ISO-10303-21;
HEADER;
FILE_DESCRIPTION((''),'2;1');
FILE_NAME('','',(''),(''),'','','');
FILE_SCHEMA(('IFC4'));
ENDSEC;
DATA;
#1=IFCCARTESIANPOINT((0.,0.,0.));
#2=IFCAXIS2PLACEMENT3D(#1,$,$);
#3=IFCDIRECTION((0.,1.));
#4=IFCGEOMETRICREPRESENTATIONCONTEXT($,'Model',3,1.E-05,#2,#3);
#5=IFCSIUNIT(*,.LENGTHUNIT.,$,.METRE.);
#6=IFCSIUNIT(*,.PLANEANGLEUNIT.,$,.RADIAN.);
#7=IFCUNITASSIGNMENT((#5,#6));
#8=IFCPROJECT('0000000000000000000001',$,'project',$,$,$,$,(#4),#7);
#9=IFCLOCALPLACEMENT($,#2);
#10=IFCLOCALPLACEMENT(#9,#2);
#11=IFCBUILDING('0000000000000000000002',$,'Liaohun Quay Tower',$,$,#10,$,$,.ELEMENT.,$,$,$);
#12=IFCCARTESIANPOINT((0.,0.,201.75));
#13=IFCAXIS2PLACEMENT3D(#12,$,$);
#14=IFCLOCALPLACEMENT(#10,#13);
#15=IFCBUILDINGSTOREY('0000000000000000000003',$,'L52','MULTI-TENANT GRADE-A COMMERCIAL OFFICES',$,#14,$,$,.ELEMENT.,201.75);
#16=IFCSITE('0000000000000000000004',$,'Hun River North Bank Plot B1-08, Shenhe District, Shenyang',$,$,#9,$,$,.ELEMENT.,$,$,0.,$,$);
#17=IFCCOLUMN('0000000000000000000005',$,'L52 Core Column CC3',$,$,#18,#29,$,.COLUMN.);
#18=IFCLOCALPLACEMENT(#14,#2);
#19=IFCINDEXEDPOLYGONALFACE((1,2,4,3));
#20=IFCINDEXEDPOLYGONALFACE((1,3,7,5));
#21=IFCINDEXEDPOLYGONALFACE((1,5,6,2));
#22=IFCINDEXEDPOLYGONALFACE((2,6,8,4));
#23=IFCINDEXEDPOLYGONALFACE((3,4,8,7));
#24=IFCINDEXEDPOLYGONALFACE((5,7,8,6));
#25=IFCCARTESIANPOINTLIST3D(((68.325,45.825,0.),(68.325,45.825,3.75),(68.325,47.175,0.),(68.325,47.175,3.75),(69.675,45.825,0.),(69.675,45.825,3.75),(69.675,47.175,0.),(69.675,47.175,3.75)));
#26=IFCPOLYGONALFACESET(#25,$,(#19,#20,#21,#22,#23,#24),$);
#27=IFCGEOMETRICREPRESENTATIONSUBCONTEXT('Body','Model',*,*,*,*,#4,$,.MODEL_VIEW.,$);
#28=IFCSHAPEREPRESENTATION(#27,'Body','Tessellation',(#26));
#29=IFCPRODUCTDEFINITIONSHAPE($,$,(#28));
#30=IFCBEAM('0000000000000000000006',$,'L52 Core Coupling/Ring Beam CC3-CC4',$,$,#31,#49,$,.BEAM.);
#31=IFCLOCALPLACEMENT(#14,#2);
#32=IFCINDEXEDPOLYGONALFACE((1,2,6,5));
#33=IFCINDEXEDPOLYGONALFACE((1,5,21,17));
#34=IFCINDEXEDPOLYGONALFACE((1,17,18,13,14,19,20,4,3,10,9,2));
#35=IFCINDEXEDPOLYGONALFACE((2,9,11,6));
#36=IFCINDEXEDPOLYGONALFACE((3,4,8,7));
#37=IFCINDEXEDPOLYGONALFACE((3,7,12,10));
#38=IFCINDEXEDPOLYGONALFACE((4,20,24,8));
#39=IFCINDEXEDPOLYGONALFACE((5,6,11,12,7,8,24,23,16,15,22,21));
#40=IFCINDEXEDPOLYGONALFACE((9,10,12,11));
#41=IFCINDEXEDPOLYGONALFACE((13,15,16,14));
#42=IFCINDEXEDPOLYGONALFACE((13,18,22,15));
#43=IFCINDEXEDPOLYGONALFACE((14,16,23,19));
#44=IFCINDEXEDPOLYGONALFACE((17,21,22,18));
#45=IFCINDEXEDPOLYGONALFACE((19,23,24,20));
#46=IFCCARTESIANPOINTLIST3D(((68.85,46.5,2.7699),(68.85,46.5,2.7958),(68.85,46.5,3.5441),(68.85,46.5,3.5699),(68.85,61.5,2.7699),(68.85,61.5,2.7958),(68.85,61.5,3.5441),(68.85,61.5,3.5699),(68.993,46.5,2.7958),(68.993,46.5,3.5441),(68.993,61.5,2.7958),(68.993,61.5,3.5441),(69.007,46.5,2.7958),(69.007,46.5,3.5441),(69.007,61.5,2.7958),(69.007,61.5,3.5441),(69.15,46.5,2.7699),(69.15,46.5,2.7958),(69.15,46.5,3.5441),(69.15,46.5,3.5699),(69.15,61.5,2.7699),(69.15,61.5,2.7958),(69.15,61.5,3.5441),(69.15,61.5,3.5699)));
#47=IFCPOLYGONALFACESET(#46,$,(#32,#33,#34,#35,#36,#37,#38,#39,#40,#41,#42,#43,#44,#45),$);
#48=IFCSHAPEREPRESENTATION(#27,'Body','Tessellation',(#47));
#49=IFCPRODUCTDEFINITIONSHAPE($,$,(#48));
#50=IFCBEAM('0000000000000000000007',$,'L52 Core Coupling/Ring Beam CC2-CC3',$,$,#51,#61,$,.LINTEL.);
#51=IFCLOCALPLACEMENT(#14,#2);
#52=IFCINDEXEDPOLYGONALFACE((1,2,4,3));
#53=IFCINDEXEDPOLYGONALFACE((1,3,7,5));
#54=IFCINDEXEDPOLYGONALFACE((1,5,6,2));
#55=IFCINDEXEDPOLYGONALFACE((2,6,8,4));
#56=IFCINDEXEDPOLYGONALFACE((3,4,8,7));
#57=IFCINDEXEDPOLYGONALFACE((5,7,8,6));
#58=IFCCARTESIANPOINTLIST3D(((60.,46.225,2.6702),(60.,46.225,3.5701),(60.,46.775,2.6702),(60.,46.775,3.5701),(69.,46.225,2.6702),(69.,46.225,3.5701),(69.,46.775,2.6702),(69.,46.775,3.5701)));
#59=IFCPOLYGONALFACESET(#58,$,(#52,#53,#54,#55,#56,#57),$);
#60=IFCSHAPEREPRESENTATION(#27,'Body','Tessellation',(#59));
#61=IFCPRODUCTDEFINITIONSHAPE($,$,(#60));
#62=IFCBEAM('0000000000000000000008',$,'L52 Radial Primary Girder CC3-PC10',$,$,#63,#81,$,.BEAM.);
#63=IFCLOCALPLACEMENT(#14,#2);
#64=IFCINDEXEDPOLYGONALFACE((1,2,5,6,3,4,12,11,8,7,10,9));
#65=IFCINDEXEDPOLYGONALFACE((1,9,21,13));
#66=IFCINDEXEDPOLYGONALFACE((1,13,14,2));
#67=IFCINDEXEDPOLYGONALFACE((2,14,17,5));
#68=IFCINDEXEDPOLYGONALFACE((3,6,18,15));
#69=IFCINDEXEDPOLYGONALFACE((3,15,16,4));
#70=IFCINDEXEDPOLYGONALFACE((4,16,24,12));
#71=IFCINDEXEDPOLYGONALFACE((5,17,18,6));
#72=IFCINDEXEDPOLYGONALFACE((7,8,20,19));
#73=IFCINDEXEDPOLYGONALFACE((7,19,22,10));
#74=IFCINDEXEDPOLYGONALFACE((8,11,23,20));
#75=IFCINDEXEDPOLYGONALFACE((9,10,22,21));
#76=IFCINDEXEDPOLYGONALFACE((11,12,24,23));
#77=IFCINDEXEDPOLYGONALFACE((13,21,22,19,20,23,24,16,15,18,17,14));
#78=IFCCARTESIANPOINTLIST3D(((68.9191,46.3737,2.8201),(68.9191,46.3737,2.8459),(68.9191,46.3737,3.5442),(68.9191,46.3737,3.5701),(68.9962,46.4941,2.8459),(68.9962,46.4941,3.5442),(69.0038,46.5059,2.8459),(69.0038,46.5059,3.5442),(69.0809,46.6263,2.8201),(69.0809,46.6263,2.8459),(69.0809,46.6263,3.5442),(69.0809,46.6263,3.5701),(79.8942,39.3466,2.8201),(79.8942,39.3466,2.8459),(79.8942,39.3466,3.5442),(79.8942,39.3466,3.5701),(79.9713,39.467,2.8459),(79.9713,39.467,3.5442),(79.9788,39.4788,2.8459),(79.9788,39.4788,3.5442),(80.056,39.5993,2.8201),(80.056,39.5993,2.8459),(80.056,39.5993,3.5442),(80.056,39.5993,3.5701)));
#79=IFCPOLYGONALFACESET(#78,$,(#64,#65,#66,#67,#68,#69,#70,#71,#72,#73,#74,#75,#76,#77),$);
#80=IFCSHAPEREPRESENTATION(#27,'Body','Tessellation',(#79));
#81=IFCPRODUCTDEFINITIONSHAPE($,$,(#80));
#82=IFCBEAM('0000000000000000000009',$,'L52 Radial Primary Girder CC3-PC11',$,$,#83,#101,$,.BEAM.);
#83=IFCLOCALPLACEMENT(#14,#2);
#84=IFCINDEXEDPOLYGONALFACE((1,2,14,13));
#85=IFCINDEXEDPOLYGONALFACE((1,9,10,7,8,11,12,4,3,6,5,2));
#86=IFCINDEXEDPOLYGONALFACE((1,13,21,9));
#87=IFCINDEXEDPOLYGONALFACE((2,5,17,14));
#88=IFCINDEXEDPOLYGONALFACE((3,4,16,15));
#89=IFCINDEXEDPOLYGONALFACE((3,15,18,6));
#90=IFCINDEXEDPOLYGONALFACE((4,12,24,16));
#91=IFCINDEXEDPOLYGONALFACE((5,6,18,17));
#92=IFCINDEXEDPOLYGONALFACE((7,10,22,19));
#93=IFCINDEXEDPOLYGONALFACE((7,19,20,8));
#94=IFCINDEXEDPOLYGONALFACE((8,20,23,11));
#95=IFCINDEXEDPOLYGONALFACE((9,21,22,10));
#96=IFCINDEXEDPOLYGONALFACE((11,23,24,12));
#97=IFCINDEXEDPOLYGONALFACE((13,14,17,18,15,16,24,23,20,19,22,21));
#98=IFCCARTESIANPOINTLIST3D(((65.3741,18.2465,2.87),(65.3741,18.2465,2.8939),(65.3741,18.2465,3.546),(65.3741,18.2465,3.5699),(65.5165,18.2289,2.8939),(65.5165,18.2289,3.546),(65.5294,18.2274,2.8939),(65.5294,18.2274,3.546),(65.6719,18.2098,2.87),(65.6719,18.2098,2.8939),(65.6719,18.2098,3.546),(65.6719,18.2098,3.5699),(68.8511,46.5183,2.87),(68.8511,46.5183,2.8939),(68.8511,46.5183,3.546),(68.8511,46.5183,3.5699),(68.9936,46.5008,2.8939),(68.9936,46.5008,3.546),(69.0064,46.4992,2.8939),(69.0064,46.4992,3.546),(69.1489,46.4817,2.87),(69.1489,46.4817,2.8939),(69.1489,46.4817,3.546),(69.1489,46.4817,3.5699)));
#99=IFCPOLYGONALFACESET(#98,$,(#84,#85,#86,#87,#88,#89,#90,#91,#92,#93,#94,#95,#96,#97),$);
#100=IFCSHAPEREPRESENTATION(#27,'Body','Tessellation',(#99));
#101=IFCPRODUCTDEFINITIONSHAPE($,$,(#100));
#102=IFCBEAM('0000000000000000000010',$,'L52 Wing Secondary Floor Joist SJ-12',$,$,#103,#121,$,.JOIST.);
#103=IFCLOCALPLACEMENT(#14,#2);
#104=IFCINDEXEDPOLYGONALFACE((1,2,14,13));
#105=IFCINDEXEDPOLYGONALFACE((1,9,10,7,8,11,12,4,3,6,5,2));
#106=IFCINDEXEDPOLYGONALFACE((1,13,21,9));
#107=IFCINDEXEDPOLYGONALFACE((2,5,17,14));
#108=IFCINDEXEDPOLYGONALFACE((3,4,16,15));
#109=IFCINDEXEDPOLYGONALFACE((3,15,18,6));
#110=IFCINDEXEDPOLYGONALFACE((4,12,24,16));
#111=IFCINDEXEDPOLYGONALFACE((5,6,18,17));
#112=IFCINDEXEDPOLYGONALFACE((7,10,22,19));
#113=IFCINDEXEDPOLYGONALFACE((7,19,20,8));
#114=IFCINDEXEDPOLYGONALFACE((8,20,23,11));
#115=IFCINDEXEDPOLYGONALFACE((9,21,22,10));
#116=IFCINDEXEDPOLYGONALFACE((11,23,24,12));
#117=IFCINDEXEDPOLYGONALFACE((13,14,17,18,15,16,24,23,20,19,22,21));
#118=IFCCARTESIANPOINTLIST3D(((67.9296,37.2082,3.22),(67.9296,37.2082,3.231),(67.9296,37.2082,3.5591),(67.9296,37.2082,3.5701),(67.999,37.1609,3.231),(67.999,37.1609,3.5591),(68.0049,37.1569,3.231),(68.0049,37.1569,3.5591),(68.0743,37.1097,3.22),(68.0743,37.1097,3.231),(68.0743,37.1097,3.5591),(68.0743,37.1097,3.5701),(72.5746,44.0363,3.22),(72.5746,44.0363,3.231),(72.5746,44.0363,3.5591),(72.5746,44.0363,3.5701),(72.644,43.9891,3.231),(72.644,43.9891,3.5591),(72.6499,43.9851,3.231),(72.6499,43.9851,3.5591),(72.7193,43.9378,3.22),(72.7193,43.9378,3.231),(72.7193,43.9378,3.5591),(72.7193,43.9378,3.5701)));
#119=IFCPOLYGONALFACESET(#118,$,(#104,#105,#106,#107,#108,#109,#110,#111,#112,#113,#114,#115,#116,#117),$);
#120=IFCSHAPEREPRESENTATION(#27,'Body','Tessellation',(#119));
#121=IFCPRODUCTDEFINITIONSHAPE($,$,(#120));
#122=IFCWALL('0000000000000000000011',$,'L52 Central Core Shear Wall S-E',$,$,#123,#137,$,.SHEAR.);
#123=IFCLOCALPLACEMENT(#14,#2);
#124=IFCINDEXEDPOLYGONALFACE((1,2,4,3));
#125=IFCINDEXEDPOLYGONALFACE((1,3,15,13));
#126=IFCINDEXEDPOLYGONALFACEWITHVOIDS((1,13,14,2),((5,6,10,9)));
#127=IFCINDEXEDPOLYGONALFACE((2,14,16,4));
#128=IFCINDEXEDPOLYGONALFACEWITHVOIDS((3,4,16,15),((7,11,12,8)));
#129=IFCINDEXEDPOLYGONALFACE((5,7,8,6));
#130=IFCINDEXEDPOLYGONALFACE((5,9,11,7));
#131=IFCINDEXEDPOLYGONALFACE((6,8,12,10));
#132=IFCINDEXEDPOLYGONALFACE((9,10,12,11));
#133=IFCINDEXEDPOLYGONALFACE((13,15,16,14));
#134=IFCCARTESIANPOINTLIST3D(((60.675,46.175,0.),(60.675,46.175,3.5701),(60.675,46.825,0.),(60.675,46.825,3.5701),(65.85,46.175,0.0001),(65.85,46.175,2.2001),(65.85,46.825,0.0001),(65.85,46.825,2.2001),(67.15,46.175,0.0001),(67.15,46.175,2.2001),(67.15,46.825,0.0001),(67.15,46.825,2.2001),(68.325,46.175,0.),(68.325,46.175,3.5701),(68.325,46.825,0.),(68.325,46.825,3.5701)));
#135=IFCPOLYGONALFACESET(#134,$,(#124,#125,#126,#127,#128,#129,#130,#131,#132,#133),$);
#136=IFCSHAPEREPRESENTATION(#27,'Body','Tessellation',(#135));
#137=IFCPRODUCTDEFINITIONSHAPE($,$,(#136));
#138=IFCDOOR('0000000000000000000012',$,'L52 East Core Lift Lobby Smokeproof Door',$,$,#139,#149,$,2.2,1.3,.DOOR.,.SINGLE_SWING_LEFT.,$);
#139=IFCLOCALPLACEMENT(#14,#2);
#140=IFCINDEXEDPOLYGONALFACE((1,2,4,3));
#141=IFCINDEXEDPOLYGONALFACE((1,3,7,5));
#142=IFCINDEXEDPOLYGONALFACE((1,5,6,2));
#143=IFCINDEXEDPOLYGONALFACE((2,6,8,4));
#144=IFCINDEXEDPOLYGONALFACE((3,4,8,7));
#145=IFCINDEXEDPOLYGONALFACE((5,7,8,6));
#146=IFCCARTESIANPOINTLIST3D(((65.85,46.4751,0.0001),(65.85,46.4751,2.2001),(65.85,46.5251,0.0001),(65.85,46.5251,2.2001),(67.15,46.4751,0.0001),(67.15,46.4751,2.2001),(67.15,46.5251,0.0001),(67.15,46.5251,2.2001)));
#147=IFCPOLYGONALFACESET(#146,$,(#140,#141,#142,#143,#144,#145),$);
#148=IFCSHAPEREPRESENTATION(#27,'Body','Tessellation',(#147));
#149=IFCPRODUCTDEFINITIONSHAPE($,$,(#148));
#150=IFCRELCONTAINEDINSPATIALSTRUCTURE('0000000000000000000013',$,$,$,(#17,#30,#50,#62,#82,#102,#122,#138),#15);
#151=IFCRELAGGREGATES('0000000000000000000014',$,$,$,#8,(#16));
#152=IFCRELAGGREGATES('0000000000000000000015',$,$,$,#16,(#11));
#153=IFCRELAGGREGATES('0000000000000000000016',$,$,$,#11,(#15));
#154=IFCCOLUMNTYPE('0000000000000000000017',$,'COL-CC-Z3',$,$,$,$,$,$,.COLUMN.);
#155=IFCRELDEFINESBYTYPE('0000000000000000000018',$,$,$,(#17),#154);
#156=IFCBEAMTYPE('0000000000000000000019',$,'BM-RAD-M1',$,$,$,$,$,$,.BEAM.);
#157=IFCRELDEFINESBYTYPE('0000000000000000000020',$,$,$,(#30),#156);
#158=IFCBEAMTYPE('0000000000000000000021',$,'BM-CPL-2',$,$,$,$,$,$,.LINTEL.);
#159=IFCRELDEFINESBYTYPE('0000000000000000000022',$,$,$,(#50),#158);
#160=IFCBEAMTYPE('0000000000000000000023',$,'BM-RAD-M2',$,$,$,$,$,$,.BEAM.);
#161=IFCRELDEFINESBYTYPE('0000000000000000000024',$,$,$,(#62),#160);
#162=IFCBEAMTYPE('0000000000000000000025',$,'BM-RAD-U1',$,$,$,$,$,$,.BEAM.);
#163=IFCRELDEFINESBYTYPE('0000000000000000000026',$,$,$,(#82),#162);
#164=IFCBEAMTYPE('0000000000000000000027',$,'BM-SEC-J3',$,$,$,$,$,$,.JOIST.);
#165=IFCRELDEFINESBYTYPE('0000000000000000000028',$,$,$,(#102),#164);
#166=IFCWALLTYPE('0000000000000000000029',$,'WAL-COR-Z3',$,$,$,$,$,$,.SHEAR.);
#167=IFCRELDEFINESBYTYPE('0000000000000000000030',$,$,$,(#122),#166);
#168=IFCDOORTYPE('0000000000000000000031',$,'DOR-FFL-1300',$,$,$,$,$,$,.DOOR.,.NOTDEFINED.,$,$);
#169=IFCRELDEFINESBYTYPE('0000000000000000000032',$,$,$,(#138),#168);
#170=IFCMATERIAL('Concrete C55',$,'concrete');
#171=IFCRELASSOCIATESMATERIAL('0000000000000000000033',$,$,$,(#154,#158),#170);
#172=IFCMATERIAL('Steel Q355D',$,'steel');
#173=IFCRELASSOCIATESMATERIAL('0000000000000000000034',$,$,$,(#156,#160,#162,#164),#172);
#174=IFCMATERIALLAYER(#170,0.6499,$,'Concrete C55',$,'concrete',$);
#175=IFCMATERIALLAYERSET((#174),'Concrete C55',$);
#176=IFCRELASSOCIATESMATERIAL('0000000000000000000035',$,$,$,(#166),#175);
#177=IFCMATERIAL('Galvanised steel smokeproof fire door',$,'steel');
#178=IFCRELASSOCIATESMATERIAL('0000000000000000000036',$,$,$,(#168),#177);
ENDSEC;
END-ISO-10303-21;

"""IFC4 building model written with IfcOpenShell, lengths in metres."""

from ifc_helpers import new_model, si_unit, direction, frame, frame_2d, origin, origin_2d, place, context, subcontext, project, spatial, rectangle, i_section, extrude, source, transform, mapped, material, layer, layer_set, material_profile, profile_set, type_object, element, fill, save


model = new_model("IFC4")

# Units and contexts
model_context = context("Model", 3, precision=1e-05, world=origin(), true_north=direction((0.0, 1.0)))
body_context = subcontext(model_context, "Body", "Model", "MODEL_VIEW")
ifc_project = project(units=[si_unit("LENGTHUNIT", "METRE"), si_unit("PLANEANGLEUNIT", "RADIAN")], contexts=[model_context])

# Site, building, storey
site_placement = place(None, origin())
site = spatial("IfcSite", under=ifc_project, at=site_placement, Name="Hun River North Bank Plot B1-08, Shenhe District, Shenyang", CompositionType="ELEMENT", RefElevation=0.0)
building_placement = place(site_placement, origin())
building = spatial("IfcBuilding", under=site, at=building_placement, Name="Liaohun Quay Tower", CompositionType="ELEMENT")
storey_placement = place(building_placement, frame((0.0, 0.0, 201.75)))
storey = spatial("IfcBuildingStorey", under=building, at=storey_placement, Name="L52", Description="MULTI-TENANT GRADE-A COMMERCIAL OFFICES", CompositionType="ELEMENT", Elevation=201.75)

# Column
ifc_material_1 = material(Name="Concrete C55", Category="concrete")
ifc_material_profile_1 = material_profile(ifc_material_1, rectangle(XDim=1.3501, YDim=1.3501, at=origin_2d()), Name="RC1350x1350")
ifc_profile_set_1 = profile_set([ifc_material_profile_1], Name="Concrete C55")
column_type = type_object("IfcColumnType", Name="COL-CC-Z3", PredefinedType="COLUMN", material=ifc_profile_set_1)
shared_shape_1 = source(origin(), body_context, "Body", "SweptSolid", [
    extrude(rectangle(XDim=1.3501, YDim=1.3501, at=origin_2d()), origin(), (0.0, 0.0, 1.0), 3.75),
])
column_placement = place(storey_placement, frame((69.0, 46.5, 0.0), z_axis=(0.0, 0.0, 1.0), x_axis=(1.0, 0.0, 0.0)))
element("IfcColumn", 1, at=column_placement, inside=storey, type_object=column_type, Name="L52 Core Column CC3", PredefinedType="COLUMN", context=body_context, shape_type="MappedRepresentation", body=[
    mapped(shared_shape_1, transform((0.0, 0.0, 0.0), x_axis=(1.0, 0.0, 0.0), y_axis=(0.0, 1.0, 0.0), z_axis=(0.0, 0.0, 1.0), scale=1.0)),
])

# Beams
ifc_material_2 = material(Name="Steel Q355D", Category="steel")
ifc_material_profile_2 = material_profile(ifc_material_2, i_section(OverallWidth=0.3, OverallDepth=0.8, WebThickness=0.0139, FlangeThickness=0.0259, at=origin_2d()), Name="HN800x300x14x26")
ifc_profile_set_2 = profile_set([ifc_material_profile_2], Name="Steel Q355D")
beam_type_1 = type_object("IfcBeamType", Name="BM-RAD-M1", PredefinedType="BEAM", material=ifc_profile_set_2)
shared_shape_2 = source(origin(), body_context, "Body", "SweptSolid", [
    extrude(i_section(OverallWidth=0.3, OverallDepth=0.8, WebThickness=0.0139, FlangeThickness=0.0259, at=origin_2d()), origin(), (0.0, 0.0, 1.0), 15.0),
])
beam_1_placement = place(storey_placement, frame((69.0, 46.5, 3.1699), z_axis=(0.0, 1.0, 0.0), x_axis=(-1.0, 0.0, 0.0)))
element("IfcBeam", 2, at=beam_1_placement, inside=storey, type_object=beam_type_1, Name="L52 Core Coupling/Ring Beam CC3-CC4", PredefinedType="BEAM", context=body_context, shape_type="MappedRepresentation", body=[
    mapped(shared_shape_2, transform((0.0, 0.0, 0.0), x_axis=(1.0, 0.0, 0.0), y_axis=(0.0, 1.0, 0.0), z_axis=(0.0, 0.0, 1.0), scale=1.0)),
])
ifc_material_profile_3 = material_profile(ifc_material_1, rectangle(XDim=0.55, YDim=0.8999, at=origin_2d()), Name="RC550x900")
ifc_profile_set_3 = profile_set([ifc_material_profile_3], Name="Concrete C55")
beam_type_2 = type_object("IfcBeamType", Name="BM-CPL-2", PredefinedType="LINTEL", material=ifc_profile_set_3)
shared_shape_3 = source(origin(), body_context, "Body", "SweptSolid", [
    extrude(rectangle(XDim=0.55, YDim=0.8999, at=origin_2d()), origin(), (0.0, 0.0, 1.0), 9.0),
])
beam_2_placement = place(storey_placement, frame((60.0, 46.5, 3.1201), z_axis=(1.0, 0.0, 0.0), x_axis=(0.0, 1.0, 0.0)))
element("IfcBeam", 3, at=beam_2_placement, inside=storey, type_object=beam_type_2, Name="L52 Core Coupling/Ring Beam CC2-CC3", PredefinedType="LINTEL", context=body_context, shape_type="MappedRepresentation", body=[
    mapped(shared_shape_3, transform((0.0, 0.0, 0.0), x_axis=(1.0, 0.0, 0.0), y_axis=(0.0, 1.0, 0.0), z_axis=(0.0, 0.0, 1.0), scale=1.0)),
])
ifc_material_profile_4 = material_profile(ifc_material_2, i_section(OverallWidth=0.3, OverallDepth=0.75, WebThickness=0.0139, FlangeThickness=0.0259, at=origin_2d()), Name="HN750x300x14x26")
ifc_profile_set_4 = profile_set([ifc_material_profile_4], Name="Steel Q355D")
beam_type_3 = type_object("IfcBeamType", Name="BM-RAD-M2", PredefinedType="BEAM", material=ifc_profile_set_4)
shared_shape_4 = source(origin(), body_context, "Body", "SweptSolid", [
    extrude(i_section(OverallWidth=0.3, OverallDepth=0.75, WebThickness=0.0139, FlangeThickness=0.0259, at=origin_2d()), origin(), (0.0, 0.0, 1.0), 13.032),
])
beam_3_placement = place(storey_placement, frame((69.0, 46.5, 3.1951), z_axis=(0.842166, -0.539219, 0.0), x_axis=(0.539219, 0.842166, 0.0)))
element("IfcBeam", 4, at=beam_3_placement, inside=storey, type_object=beam_type_3, Name="L52 Radial Primary Girder CC3-PC10", PredefinedType="BEAM", context=body_context, shape_type="MappedRepresentation", body=[
    mapped(shared_shape_4, transform((0.0, 0.0, 0.0), x_axis=(1.0, 0.0, 0.0), y_axis=(0.0, 1.0, 0.0), z_axis=(0.0, 0.0, 1.0), scale=1.0)),
])
ifc_material_profile_5 = material_profile(ifc_material_2, i_section(OverallWidth=0.3, OverallDepth=0.7, WebThickness=0.0129, FlangeThickness=0.0239, at=origin_2d()), Name="HN700x300x13x24")
ifc_profile_set_5 = profile_set([ifc_material_profile_5], Name="Steel Q355D")
beam_type_4 = type_object("IfcBeamType", Name="BM-RAD-U1", PredefinedType="BEAM", material=ifc_profile_set_5)
shared_shape_5 = source(origin(), body_context, "Body", "SweptSolid", [
    extrude(i_section(OverallWidth=0.3, OverallDepth=0.7, WebThickness=0.0129, FlangeThickness=0.0239, at=origin_2d()), origin(), (0.0, 0.0, 1.0), 28.4849),
])
beam_4_placement = place(storey_placement, frame((69.0, 46.5, 3.22), z_axis=(-0.122066, -0.992522, 0.0), x_axis=(0.992522, -0.122066, 0.0)))
element("IfcBeam", 5, at=beam_4_placement, inside=storey, type_object=beam_type_4, Name="L52 Radial Primary Girder CC3-PC11", PredefinedType="BEAM", context=body_context, shape_type="MappedRepresentation", body=[
    mapped(shared_shape_5, transform((0.0, 0.0, 0.0), x_axis=(1.0, 0.0, 0.0), y_axis=(0.0, 1.0, 0.0), z_axis=(0.0, 0.0, 1.0), scale=1.0)),
])
ifc_material_profile_6 = material_profile(ifc_material_2, i_section(OverallWidth=0.175, OverallDepth=0.3501, WebThickness=0.0071, FlangeThickness=0.011, at=origin_2d()), Name="HN350x175x7x11")
ifc_profile_set_6 = profile_set([ifc_material_profile_6], Name="Steel Q355D")
beam_type_5 = type_object("IfcBeamType", Name="BM-SEC-J3", PredefinedType="JOIST", material=ifc_profile_set_6)
shared_shape_6 = source(origin(), body_context, "Body", "SweptSolid", [
    extrude(i_section(OverallWidth=0.175, OverallDepth=0.3501, WebThickness=0.0071, FlangeThickness=0.011, at=origin_2d()), origin(), (0.0, 0.0, 1.0), 8.2583),
])
beam_5_placement = place(storey_placement, frame((72.647, 43.9871, 3.395), z_axis=(-0.562467, -0.82682, 0.0), x_axis=(0.82682, -0.562467, 0.0)))
element("IfcBeam", 6, at=beam_5_placement, inside=storey, type_object=beam_type_5, Name="L52 Wing Secondary Floor Joist SJ-12", PredefinedType="JOIST", context=body_context, shape_type="MappedRepresentation", body=[
    mapped(shared_shape_6, transform((0.0, 0.0, 0.0), x_axis=(1.0, 0.0, 0.0), y_axis=(0.0, 1.0, 0.0), z_axis=(0.0, 0.0, 1.0), scale=1.0)),
])

# Wall, opening, door
ifc_layer_1 = layer(ifc_material_1, 0.6499, Name="Concrete C55", Category="concrete")
ifc_layer_set_1 = layer_set([ifc_layer_1], Name="Concrete C55")
wall_type_1 = type_object("IfcWallType", Name="WAL-COR-Z3", PredefinedType="SHEAR", material=ifc_layer_set_1)
wall_1_placement = place(storey_placement, frame((68.325, 46.5, 0.0), z_axis=(0.0, 0.0, 1.0), x_axis=(-1.0, 0.0, 0.0)))
wall_1 = element("IfcWall", 7, at=wall_1_placement, inside=storey, type_object=wall_type_1, Name="L52 Central Core Shear Wall S-E", PredefinedType="SHEAR", context=body_context, shape_type="SweptSolid", body=[
    extrude(rectangle(XDim=7.6499, YDim=0.6499, at=frame_2d((3.825, 0.0))), origin(), (0.0, 0.0, 1.0), 3.5701),
])
shared_shape_7 = source(origin(), body_context, "Body", "SweptSolid", [
    extrude(rectangle(XDim=1.3, YDim=2.2, at=frame_2d((0.6499, 1.1001))), frame((0.0, 0.335, 0.0), z_axis=(0.0, -1.0, 0.0), x_axis=(1.0, 0.0, 0.0)), (0.0, 0.0, 1.0), 0.6699),
])
opening_1_placement = place(wall_1_placement, frame((1.175, 0.0, 0.0)))
opening_1 = element("IfcOpeningElement", 8, at=opening_1_placement, cuts=wall_1, PredefinedType="OPENING", context=body_context, shape_type="MappedRepresentation", body=[
    mapped(shared_shape_7, transform((0.0, 0.0, 0.0), x_axis=(1.0, 0.0, 0.0), y_axis=(0.0, 1.0, 0.0), z_axis=(0.0, 0.0, 1.0), scale=1.0)),
])
ifc_material_3 = material(Name="Galvanised steel smokeproof fire door", Category="steel")
door_type_1 = type_object("IfcDoorType", Name="DOR-FFL-1300", OperationType="NOTDEFINED", PredefinedType="DOOR", material=ifc_material_3)
shared_shape_8 = source(origin(), body_context, "Body", "SweptSolid", [
    extrude(rectangle(XDim=1.3, YDim=2.2, at=frame_2d((0.6499, 1.1001))), frame((0.0, 0.0249, 0.0), z_axis=(0.0, -1.0, 0.0), x_axis=(1.0, 0.0, 0.0)), (0.0, 0.0, 1.0), 0.05),
])
door_1_placement = place(opening_1_placement, origin())
door_1 = element("IfcDoor", 9, at=door_1_placement, inside=storey, type_object=door_type_1, Name="L52 East Core Lift Lobby Smokeproof Door", OperationType="SINGLE_SWING_LEFT", OverallHeight=2.2, OverallWidth=1.3, PredefinedType="DOOR", context=body_context, shape_type="MappedRepresentation", body=[
    mapped(shared_shape_8, transform((0.0, 0.0, 0.0), x_axis=(1.0, 0.0, 0.0), y_axis=(0.0, 1.0, 0.0), z_axis=(0.0, 0.0, 1.0), scale=1.0)),
])
fill(opening_1, door_1)

save(model, "model.ifc")
